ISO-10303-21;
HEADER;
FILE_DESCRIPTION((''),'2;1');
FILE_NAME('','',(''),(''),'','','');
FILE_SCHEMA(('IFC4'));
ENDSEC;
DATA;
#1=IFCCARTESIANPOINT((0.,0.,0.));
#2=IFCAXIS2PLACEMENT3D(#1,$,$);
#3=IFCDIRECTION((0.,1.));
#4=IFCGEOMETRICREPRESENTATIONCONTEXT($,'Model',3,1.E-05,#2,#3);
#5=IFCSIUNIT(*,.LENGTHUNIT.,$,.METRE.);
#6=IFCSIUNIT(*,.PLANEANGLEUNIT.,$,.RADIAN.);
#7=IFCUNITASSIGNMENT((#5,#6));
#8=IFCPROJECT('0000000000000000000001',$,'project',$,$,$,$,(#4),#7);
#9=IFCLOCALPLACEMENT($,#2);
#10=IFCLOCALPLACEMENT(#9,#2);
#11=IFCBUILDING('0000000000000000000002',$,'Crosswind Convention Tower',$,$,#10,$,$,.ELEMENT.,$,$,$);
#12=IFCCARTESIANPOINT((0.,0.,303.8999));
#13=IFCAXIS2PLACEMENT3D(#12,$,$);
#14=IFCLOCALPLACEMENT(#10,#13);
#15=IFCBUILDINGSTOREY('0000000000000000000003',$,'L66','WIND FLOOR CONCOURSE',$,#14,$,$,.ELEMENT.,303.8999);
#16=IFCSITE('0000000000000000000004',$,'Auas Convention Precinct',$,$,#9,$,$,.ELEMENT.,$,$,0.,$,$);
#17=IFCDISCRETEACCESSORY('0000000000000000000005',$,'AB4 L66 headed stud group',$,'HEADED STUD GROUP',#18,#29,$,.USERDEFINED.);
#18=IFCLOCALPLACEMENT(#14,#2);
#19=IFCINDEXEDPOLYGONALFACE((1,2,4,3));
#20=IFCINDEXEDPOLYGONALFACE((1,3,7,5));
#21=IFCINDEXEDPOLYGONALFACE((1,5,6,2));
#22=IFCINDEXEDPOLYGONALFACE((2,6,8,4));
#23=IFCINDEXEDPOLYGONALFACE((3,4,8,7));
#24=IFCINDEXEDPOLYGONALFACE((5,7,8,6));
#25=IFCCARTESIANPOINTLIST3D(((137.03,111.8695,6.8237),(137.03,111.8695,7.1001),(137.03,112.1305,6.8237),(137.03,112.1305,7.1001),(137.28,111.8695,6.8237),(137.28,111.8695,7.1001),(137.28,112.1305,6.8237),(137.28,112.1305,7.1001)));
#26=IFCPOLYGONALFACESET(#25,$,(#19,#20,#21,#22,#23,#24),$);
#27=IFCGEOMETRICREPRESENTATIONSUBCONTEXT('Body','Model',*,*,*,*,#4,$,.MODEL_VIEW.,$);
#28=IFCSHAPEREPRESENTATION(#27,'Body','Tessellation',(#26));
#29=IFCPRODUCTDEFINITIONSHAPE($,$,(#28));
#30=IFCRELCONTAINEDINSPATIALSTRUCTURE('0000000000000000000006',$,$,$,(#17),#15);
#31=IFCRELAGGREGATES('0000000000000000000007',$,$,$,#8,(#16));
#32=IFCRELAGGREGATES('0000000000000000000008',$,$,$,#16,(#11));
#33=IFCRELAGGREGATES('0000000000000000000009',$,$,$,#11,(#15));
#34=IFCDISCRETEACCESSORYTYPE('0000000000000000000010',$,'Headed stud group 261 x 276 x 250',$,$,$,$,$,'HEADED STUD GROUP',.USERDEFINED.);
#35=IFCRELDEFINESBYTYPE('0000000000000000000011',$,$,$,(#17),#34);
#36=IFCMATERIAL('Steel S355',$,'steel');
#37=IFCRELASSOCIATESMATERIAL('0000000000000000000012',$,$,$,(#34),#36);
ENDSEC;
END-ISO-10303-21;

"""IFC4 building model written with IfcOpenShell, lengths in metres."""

from ifc_helpers import new_model, si_unit, direction, frame, origin, origin_2d, place, context, subcontext, project, spatial, rectangle, extrude, material, type_object, element, save


model = new_model("IFC4")

# Units and contexts
model_context = context("Model", 3, precision=1e-05, world=origin(), true_north=direction((0.0, 1.0)))
body_context = subcontext(model_context, "Body", "Model", "MODEL_VIEW")
ifc_project = project(units=[si_unit("LENGTHUNIT", "METRE"), si_unit("PLANEANGLEUNIT", "RADIAN")], contexts=[model_context])

# Site, building, storey
site_placement = place(None, origin())
site = spatial("IfcSite", under=ifc_project, at=site_placement, Name="Auas Convention Precinct", CompositionType="ELEMENT", RefElevation=0.0)
building_placement = place(site_placement, origin())
building = spatial("IfcBuilding", under=site, at=building_placement, Name="Crosswind Convention Tower", CompositionType="ELEMENT")
storey_placement = place(building_placement, frame((0.0, 0.0, 303.8999)))
storey = spatial("IfcBuildingStorey", under=building, at=storey_placement, Name="L66", Description="WIND FLOOR CONCOURSE", CompositionType="ELEMENT", Elevation=303.8999)

# Shared definitions
ifc_material_1 = material(Name="Steel S355", Category="steel")

# Discrete accessory
discrete_accessory_type_1 = type_object("IfcDiscreteAccessoryType", Name="Headed stud group 261 x 276 x 250", ElementType="HEADED STUD GROUP", PredefinedType="USERDEFINED", material=ifc_material_1)
for number, where, z_axis, x_axis, name in (
    (1, (137.155, 112.0, 6.8237), (0.0, 0.0, 1.0), (1.0, 0.0, 0.0), "AB4 L66 headed stud group"),
):
    element("IfcDiscreteAccessory", number, at=place(storey_placement, frame(where, z_axis=z_axis, x_axis=x_axis)), inside=storey, type_object=discrete_accessory_type_1, Name=name, ObjectType="HEADED STUD GROUP", PredefinedType="USERDEFINED", context=body_context, shape_type="SweptSolid", body=[
        extrude(rectangle(XDim=0.25, YDim=0.261, at=origin_2d()), origin(), (0.0, 0.0, 1.0), 0.2764),
    ])

save(model, "model.ifc")
